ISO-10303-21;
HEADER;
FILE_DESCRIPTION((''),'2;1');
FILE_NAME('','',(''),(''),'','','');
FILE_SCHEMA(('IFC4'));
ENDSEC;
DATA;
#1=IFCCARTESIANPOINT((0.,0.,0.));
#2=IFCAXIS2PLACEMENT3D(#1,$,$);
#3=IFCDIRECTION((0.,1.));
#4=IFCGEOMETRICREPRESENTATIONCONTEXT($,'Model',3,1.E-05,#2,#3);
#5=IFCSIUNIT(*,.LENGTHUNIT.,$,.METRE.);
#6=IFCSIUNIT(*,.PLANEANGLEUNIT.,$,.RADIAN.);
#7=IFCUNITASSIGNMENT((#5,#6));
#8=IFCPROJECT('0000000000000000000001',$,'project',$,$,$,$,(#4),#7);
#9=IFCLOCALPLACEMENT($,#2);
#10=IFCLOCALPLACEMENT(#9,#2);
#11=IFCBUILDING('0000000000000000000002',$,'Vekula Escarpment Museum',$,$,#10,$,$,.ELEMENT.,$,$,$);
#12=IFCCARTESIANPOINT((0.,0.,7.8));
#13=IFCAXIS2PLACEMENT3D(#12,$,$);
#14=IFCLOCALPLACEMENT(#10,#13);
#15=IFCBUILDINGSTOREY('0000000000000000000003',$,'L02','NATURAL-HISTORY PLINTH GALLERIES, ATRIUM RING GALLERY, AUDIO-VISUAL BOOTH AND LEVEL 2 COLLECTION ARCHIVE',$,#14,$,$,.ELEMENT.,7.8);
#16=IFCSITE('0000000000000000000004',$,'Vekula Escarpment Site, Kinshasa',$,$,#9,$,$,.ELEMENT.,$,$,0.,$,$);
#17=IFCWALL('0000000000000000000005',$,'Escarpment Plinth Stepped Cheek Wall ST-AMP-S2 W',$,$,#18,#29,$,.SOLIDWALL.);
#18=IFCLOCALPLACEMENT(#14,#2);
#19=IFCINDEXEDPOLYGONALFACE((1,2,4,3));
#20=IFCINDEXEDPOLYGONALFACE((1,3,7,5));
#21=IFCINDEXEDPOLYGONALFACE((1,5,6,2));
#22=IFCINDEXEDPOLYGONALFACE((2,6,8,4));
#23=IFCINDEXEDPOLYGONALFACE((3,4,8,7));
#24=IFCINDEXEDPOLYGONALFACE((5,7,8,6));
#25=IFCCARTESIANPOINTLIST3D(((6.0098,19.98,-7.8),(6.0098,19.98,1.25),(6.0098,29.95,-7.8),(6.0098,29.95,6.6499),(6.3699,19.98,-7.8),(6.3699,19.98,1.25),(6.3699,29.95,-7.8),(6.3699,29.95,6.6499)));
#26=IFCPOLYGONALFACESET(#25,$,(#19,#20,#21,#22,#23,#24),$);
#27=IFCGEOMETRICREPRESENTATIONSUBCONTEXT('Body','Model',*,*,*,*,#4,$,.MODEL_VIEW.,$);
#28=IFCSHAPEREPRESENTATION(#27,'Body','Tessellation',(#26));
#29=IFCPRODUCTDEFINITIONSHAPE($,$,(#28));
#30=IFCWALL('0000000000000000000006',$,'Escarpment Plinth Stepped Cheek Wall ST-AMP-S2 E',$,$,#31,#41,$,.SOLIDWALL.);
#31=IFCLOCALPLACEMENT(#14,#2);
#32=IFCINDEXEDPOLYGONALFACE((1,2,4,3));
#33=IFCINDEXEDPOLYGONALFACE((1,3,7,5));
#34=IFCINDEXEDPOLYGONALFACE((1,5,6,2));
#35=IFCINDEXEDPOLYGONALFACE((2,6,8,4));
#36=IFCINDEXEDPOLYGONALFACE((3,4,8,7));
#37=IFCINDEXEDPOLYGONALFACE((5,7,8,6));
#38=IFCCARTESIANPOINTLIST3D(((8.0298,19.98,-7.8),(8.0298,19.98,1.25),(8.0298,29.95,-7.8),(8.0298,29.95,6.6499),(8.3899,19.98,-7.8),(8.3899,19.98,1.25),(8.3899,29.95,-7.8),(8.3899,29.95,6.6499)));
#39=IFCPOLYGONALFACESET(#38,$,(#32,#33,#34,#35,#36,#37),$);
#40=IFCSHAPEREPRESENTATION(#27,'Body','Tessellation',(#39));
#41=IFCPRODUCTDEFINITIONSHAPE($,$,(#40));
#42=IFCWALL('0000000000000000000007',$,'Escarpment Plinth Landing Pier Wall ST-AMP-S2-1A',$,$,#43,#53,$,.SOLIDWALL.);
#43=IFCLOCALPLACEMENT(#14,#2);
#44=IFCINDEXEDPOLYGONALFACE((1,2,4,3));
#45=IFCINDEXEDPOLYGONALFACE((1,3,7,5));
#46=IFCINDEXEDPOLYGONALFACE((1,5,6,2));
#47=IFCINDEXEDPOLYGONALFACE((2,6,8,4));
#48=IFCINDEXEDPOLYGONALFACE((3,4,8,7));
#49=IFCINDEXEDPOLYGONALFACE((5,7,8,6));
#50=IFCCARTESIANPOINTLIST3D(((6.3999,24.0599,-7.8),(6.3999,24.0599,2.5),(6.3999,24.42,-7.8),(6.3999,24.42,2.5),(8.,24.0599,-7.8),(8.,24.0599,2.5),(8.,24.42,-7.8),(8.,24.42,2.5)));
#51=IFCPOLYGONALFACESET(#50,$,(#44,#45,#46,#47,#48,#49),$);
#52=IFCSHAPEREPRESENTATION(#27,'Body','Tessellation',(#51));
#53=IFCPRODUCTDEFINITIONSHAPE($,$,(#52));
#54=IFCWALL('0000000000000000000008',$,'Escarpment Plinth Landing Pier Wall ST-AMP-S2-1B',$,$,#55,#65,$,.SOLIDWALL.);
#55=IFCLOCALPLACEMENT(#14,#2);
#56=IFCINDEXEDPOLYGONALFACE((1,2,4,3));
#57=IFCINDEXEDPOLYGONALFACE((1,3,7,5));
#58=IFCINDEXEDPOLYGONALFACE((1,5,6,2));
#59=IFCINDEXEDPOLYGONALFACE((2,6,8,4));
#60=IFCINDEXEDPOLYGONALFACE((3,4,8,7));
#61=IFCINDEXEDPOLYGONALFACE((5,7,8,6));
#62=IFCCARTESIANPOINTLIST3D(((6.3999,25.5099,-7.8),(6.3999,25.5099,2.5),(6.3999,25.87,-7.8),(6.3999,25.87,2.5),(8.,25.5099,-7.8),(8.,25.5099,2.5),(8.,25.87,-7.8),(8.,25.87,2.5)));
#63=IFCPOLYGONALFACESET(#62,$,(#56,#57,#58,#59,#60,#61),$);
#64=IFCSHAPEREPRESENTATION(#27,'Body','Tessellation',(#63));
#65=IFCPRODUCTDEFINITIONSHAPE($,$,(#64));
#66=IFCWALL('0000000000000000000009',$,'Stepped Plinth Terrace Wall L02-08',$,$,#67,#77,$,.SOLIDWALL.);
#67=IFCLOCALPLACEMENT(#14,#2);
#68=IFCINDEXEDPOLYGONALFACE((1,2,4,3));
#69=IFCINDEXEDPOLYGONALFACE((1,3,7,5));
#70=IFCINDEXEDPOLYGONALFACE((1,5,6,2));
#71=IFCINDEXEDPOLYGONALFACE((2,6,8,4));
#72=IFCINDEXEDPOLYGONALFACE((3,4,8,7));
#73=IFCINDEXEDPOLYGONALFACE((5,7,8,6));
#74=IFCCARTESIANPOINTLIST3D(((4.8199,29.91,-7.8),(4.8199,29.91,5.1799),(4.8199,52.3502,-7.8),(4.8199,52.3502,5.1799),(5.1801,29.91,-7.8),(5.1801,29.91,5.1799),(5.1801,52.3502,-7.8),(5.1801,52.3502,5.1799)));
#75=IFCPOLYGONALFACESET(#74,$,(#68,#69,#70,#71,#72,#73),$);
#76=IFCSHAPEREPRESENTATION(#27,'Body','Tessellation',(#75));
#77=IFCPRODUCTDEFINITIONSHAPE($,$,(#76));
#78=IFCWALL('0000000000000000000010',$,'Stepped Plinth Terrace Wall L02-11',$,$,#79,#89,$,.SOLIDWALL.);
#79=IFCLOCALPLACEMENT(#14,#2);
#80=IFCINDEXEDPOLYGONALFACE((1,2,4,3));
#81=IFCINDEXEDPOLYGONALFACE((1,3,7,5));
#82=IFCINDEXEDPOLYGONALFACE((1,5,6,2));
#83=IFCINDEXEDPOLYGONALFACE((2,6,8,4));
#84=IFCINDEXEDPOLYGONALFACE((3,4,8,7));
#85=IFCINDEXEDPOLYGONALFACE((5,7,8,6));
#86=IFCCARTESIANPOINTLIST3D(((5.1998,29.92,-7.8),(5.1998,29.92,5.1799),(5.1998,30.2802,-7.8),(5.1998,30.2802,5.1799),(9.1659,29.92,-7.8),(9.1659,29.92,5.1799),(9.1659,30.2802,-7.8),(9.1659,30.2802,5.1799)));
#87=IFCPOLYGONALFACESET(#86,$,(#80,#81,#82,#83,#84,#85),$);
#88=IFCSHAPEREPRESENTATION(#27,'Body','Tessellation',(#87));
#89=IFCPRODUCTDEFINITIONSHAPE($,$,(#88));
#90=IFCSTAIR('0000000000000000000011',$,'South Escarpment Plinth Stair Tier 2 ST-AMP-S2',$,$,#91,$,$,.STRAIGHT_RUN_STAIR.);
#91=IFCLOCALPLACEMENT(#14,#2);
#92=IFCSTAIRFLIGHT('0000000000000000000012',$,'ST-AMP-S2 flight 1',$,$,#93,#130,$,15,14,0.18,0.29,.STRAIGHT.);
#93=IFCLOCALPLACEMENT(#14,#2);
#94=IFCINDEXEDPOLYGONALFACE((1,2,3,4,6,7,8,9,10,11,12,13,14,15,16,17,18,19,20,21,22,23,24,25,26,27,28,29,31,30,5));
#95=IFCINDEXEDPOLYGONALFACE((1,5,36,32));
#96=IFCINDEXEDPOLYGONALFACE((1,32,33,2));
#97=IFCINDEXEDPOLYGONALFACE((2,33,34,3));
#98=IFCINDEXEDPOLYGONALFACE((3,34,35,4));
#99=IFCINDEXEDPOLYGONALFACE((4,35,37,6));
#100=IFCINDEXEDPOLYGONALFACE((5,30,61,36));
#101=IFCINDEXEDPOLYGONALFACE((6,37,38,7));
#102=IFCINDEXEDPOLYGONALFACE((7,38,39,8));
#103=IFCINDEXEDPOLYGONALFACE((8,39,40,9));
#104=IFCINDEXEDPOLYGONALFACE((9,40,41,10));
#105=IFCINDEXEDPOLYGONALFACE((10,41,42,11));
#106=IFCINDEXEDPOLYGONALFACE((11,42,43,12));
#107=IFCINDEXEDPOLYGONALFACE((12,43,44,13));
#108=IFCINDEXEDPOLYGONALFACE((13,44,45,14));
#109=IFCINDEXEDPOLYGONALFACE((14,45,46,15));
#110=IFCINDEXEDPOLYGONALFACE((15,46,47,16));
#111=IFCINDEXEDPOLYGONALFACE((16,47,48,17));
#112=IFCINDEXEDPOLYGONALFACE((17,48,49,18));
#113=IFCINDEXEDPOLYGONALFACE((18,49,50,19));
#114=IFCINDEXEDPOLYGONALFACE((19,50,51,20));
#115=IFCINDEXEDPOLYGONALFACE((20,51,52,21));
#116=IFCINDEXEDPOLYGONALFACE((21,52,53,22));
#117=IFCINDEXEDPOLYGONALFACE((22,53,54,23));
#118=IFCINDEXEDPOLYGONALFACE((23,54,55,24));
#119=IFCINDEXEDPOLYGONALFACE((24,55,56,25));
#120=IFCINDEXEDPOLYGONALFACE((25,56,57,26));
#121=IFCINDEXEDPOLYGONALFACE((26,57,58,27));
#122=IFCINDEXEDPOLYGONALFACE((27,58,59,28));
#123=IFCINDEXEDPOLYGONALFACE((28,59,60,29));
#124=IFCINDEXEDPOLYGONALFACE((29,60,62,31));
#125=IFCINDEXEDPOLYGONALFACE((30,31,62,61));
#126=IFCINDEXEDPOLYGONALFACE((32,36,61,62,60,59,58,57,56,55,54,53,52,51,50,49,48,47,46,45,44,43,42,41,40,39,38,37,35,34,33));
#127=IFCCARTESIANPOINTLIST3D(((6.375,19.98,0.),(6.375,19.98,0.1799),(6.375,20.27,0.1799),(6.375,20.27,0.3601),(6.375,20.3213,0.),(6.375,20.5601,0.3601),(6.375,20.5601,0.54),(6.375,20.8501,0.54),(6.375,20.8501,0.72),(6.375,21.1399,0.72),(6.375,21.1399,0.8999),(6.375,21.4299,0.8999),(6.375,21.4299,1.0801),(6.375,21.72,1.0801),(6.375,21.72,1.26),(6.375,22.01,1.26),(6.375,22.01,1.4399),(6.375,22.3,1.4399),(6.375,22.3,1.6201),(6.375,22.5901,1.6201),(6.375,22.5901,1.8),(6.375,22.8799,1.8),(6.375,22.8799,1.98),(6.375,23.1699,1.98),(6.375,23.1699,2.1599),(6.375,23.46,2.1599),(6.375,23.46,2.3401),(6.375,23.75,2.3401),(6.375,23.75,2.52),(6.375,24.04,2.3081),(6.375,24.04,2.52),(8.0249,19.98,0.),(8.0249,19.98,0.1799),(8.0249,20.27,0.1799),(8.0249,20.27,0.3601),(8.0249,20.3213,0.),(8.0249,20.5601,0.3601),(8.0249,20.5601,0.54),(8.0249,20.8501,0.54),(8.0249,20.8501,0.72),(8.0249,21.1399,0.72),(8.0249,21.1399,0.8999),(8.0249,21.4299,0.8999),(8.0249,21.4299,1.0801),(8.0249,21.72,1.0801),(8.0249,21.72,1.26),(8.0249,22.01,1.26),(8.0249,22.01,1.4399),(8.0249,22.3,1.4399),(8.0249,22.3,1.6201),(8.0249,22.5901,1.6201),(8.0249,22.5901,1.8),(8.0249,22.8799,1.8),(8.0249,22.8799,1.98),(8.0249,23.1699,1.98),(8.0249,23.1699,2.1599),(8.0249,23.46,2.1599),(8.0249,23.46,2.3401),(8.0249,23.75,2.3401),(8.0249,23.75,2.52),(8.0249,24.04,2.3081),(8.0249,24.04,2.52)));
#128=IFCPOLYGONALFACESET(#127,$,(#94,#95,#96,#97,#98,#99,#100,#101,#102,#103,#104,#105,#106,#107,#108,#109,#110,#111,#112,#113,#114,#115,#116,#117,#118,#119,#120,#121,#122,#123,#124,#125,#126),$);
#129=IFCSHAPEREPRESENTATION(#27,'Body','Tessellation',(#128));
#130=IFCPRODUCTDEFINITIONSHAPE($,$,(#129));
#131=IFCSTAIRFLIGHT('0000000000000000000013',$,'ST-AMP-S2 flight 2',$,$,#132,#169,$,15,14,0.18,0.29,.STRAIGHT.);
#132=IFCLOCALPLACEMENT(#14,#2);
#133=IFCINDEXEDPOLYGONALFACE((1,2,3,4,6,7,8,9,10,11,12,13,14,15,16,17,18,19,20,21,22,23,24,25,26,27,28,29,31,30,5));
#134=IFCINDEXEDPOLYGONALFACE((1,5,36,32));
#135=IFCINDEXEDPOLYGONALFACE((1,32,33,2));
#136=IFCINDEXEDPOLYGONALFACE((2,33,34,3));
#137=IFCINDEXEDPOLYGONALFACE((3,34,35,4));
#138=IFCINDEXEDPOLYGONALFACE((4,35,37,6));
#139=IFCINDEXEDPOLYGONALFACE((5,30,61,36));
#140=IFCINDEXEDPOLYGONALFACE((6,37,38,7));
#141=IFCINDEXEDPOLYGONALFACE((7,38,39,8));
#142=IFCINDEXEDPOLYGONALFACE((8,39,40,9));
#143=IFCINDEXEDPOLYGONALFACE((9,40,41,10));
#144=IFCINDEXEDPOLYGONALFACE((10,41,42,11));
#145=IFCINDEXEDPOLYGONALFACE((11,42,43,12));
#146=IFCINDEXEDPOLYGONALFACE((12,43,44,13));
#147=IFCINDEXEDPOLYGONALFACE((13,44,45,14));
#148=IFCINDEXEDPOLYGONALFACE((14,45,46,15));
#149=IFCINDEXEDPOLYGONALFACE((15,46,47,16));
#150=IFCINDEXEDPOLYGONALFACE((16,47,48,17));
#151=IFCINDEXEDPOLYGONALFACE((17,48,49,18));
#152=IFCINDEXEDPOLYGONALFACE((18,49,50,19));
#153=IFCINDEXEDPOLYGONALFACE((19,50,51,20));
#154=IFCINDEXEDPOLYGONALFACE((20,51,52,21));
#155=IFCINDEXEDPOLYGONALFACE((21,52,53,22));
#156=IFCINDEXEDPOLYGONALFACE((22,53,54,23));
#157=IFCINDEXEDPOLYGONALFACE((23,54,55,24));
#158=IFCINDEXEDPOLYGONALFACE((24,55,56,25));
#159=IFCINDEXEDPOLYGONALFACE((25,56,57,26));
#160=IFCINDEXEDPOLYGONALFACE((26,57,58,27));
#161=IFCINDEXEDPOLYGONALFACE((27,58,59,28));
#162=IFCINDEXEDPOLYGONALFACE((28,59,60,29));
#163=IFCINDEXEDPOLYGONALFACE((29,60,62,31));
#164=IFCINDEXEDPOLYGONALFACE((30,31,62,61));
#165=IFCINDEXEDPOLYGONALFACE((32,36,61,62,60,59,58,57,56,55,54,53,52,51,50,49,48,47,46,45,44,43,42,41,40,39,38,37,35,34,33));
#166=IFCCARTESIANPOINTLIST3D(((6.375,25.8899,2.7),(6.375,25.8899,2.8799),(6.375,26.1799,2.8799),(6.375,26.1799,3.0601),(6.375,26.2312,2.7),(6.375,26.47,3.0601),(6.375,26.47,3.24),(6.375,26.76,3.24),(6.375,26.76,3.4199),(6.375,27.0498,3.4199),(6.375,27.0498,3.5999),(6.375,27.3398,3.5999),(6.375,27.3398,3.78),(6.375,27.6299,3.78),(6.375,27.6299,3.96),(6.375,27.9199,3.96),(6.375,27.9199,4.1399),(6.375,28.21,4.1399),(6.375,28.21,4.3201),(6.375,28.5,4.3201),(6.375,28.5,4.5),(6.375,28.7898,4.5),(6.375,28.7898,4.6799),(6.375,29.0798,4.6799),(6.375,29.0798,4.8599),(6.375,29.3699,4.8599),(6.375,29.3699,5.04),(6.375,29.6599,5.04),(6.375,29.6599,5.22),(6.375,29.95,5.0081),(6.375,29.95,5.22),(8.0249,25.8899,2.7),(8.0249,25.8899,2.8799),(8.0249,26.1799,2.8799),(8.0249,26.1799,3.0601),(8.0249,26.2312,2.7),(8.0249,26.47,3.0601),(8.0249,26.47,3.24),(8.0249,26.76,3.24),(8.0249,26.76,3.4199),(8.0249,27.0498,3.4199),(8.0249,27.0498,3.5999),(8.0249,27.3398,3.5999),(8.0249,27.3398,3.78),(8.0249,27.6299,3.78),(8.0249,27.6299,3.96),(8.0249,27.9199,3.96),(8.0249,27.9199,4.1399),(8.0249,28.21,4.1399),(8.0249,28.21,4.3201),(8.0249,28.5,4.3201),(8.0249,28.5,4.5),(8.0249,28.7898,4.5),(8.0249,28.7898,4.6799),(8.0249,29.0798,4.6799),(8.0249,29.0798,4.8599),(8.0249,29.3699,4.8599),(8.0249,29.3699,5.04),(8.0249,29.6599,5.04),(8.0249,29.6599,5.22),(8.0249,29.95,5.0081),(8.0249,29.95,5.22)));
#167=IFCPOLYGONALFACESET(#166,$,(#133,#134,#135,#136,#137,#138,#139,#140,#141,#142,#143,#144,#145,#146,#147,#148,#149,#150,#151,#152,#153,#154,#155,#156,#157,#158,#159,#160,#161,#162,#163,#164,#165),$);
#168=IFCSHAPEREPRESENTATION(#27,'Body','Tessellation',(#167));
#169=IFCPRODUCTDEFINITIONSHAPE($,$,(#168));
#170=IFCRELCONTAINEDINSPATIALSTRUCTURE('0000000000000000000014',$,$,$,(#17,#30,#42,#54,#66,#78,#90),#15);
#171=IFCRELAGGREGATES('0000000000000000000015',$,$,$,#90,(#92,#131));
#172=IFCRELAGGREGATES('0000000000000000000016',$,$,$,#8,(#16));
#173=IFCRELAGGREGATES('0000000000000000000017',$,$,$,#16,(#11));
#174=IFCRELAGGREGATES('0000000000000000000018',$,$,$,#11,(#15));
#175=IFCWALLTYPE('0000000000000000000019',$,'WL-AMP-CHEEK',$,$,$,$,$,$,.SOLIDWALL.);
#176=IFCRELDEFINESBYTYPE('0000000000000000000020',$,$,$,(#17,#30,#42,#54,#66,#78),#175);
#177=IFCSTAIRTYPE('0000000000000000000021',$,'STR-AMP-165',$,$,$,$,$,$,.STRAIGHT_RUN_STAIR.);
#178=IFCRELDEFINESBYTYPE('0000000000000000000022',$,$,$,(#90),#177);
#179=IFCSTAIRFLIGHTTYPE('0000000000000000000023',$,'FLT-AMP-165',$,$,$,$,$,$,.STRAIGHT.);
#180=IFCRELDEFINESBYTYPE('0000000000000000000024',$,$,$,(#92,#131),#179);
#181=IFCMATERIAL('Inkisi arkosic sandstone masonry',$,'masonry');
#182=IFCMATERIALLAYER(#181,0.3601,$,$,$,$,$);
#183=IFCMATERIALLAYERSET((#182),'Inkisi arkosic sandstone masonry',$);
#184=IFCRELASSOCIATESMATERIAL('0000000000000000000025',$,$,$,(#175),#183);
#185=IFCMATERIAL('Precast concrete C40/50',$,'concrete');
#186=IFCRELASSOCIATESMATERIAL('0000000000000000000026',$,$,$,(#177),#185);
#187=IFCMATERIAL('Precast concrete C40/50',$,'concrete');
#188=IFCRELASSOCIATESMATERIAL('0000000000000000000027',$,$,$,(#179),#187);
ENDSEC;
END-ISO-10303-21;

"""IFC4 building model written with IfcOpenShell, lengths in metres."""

from ifc_helpers import new_model, si_unit, direction, frame, frame_2d, origin, place, context, subcontext, project, spatial, polyline, rectangle, outline, extrude, material, layer, layer_set, type_object, element, aggregate, save


model = new_model("IFC4")

# Units and contexts
model_context = context("Model", 3, precision=1e-05, world=origin(), true_north=direction((0.0, 1.0)))
body_context = subcontext(model_context, "Body", "Model", "MODEL_VIEW")
ifc_project = project(units=[si_unit("LENGTHUNIT", "METRE"), si_unit("PLANEANGLEUNIT", "RADIAN")], contexts=[model_context])

# Site, building, storey
site_placement = place(None, origin())
site = spatial("IfcSite", under=ifc_project, at=site_placement, Name="Vekula Escarpment Site, Kinshasa", CompositionType="ELEMENT", RefElevation=0.0)
building_placement = place(site_placement, origin())
building = spatial("IfcBuilding", under=site, at=building_placement, Name="Vekula Escarpment Museum", CompositionType="ELEMENT")
storey_placement = place(building_placement, frame((0.0, 0.0, 7.8)))
storey = spatial("IfcBuildingStorey", under=building, at=storey_placement, Name="L02", Description="NATURAL-HISTORY PLINTH GALLERIES, ATRIUM RING GALLERY, AUDIO-VISUAL BOOTH AND LEVEL 2 COLLECTION ARCHIVE", CompositionType="ELEMENT", Elevation=7.8)

# Walls
ifc_material_1 = material(Name="Inkisi arkosic sandstone masonry", Category="masonry")
ifc_layer = layer(ifc_material_1, 0.3601)
ifc_layer_set = layer_set([ifc_layer], Name="Inkisi arkosic sandstone masonry")
wall_type = type_object("IfcWallType", Name="WL-AMP-CHEEK", PredefinedType="SOLIDWALL", material=ifc_layer_set)
for number, where, z_axis, x_axis, name in (
    (1, (6.1899, 19.98, -7.8), (0.0, 0.0, 1.0), (0.0, 1.0, 0.0), "Escarpment Plinth Stepped Cheek Wall ST-AMP-S2 W"),
    (2, (8.21, 19.98, -7.8), (0.0, 0.0, 1.0), (0.0, 1.0, 0.0), "Escarpment Plinth Stepped Cheek Wall ST-AMP-S2 E"),
):
    element("IfcWall", number, at=place(storey_placement, frame(where, z_axis=z_axis, x_axis=x_axis)), inside=storey, type_object=wall_type, Name=name, PredefinedType="SOLIDWALL", context=body_context, shape_type="SweptSolid", body=[
        extrude(outline(polyline([(0.0, 0.0), (9.97, 0.0), (9.97, 14.45), (0.0, 9.05), (0.0, 0.0)])), frame((0.0, 0.1802, 0.0), z_axis=(0.0, -1.0, 0.0), x_axis=(1.0, 0.0, 0.0)), (0.0, 0.0, 1.0), 0.3601),
    ])
for number, where, z_axis, x_axis, name in (
    (3, (6.3999, 24.24, -7.8), (0.0, 0.0, 1.0), (1.0, 0.0, 0.0), "Escarpment Plinth Landing Pier Wall ST-AMP-S2-1A"),
    (4, (6.3999, 25.6899, -7.8), (0.0, 0.0, 1.0), (1.0, 0.0, 0.0), "Escarpment Plinth Landing Pier Wall ST-AMP-S2-1B"),
):
    element("IfcWall", number, at=place(storey_placement, frame(where, z_axis=z_axis, x_axis=x_axis)), inside=storey, type_object=wall_type, Name=name, PredefinedType="SOLIDWALL", context=body_context, shape_type="SweptSolid", body=[
        extrude(rectangle(XDim=1.6001, YDim=0.3601, at=frame_2d((0.8, 0.0))), origin(), (0.0, 0.0, 1.0), 10.3),
    ])
wall_1_placement = place(storey_placement, frame((5.0, 29.9099, -7.8), z_axis=(0.0, 0.0, 1.0), x_axis=(0.0, 1.0, 0.0)))
element("IfcWall", 5, at=wall_1_placement, inside=storey, type_object=wall_type, Name="Stepped Plinth Terrace Wall L02-08", PredefinedType="SOLIDWALL", context=body_context, shape_type="SweptSolid", body=[
    extrude(rectangle(XDim=22.4402, YDim=0.3601, at=frame_2d((11.2202, 0.0))), origin(), (0.0, 0.0, 1.0), 12.98),
])
wall_2_placement = place(storey_placement, frame((5.2, 30.1001, -7.8), z_axis=(0.0, 0.0, 1.0), x_axis=(1.0, 0.0, 0.0)))
element("IfcWall", 6, at=wall_2_placement, inside=storey, type_object=wall_type, Name="Stepped Plinth Terrace Wall L02-11", PredefinedType="SOLIDWALL", context=body_context, shape_type="SweptSolid", body=[
    extrude(rectangle(XDim=3.9661, YDim=0.3601, at=frame_2d((1.9829, 0.0))), origin(), (0.0, 0.0, 1.0), 12.98),
])

# Stair, stair flights
ifc_material_2 = material(Name="Precast concrete C40/50", Category="concrete")
stair_type = type_object("IfcStairType", Name="STR-AMP-165", PredefinedType="STRAIGHT_RUN_STAIR", material=ifc_material_2)
stair_placement = place(storey_placement, origin())
stair = element("IfcStair", 7, at=stair_placement, inside=storey, type_object=stair_type, Name="South Escarpment Plinth Stair Tier 2 ST-AMP-S2", PredefinedType="STRAIGHT_RUN_STAIR")
ifc_material_3 = material(Name="Precast concrete C40/50", Category="concrete")
stair_flight_type = type_object("IfcStairFlightType", Name="FLT-AMP-165", PredefinedType="STRAIGHT", material=ifc_material_3)
stair_flight_1_placement = place(storey_placement, frame((7.2, 19.98, 0.0), z_axis=(0.0, 0.0, 1.0), x_axis=(0.0, 1.0, 0.0)))
stair_flight_1 = element("IfcStairFlight", 8, at=stair_flight_1_placement, type_object=stair_flight_type, Name="ST-AMP-S2 flight 1", NumberOfRisers=15, NumberOfTreads=14, PredefinedType="STRAIGHT", RiserHeight=0.18, TreadLength=0.29, context=body_context, shape_type="SweptSolid", body=[
    extrude(outline(polyline([(0.0, 0.0), (0.0, 0.1799), (0.29, 0.1799), (0.29, 0.3601), (0.5801, 0.3601), (0.5801, 0.54), (0.8701, 0.54), (0.8701, 0.72), (1.1599, 0.72), (1.1599, 0.8999), (1.45, 0.8999), (1.45, 1.0801), (1.74, 1.0801), (1.74, 1.26), (2.03, 1.26), (2.03, 1.4399), (2.3201, 1.4399), (2.3201, 1.6201), (2.6101, 1.6201), (2.6101, 1.8), (2.8999, 1.8), (2.8999, 1.98), (3.1899, 1.98), (3.1899, 2.1599), (3.48, 2.1599), (3.48, 2.3401), (3.77, 2.3401), (3.77, 2.52), (4.0601, 2.52), (4.0601, 2.7), (4.0601, 2.3081), (0.3413, 0.0), (0.0, 0.0)])), frame((0.0, 0.825, 0.0), z_axis=(0.0, -1.0, 0.0), x_axis=(1.0, 0.0, 0.0)), (0.0, 0.0, 1.0), 1.6499),
])
stair_flight_2_placement = place(storey_placement, frame((7.2, 25.8899, 2.7), z_axis=(0.0, 0.0, 1.0), x_axis=(0.0, 1.0, 0.0)))
stair_flight_2 = element("IfcStairFlight", 9, at=stair_flight_2_placement, type_object=stair_flight_type, Name="ST-AMP-S2 flight 2", NumberOfRisers=15, NumberOfTreads=14, PredefinedType="STRAIGHT", RiserHeight=0.18, TreadLength=0.29, context=body_context, shape_type="SweptSolid", body=[
    extrude(outline(polyline([(0.0, 0.0), (0.0, 0.1799), (0.29, 0.1799), (0.29, 0.3601), (0.5801, 0.3601), (0.5801, 0.54), (0.8701, 0.54), (0.8701, 0.72), (1.1599, 0.72), (1.1599, 0.8999), (1.45, 0.8999), (1.45, 1.0801), (1.74, 1.0801), (1.74, 1.26), (2.03, 1.26), (2.03, 1.4399), (2.3201, 1.4399), (2.3201, 1.6201), (2.6101, 1.6201), (2.6101, 1.8), (2.8999, 1.8), (2.8999, 1.98), (3.1899, 1.98), (3.1899, 2.1599), (3.48, 2.1599), (3.48, 2.3401), (3.77, 2.3401), (3.77, 2.52), (4.0601, 2.52), (4.0601, 2.7), (4.0601, 2.3081), (0.3413, 0.0), (0.0, 0.0)])), frame((0.0, 0.825, 0.0), z_axis=(0.0, -1.0, 0.0), x_axis=(1.0, 0.0, 0.0)), (0.0, 0.0, 1.0), 1.6499),
])
aggregate(stair, [stair_flight_1, stair_flight_2])

save(model, "model.ifc")
